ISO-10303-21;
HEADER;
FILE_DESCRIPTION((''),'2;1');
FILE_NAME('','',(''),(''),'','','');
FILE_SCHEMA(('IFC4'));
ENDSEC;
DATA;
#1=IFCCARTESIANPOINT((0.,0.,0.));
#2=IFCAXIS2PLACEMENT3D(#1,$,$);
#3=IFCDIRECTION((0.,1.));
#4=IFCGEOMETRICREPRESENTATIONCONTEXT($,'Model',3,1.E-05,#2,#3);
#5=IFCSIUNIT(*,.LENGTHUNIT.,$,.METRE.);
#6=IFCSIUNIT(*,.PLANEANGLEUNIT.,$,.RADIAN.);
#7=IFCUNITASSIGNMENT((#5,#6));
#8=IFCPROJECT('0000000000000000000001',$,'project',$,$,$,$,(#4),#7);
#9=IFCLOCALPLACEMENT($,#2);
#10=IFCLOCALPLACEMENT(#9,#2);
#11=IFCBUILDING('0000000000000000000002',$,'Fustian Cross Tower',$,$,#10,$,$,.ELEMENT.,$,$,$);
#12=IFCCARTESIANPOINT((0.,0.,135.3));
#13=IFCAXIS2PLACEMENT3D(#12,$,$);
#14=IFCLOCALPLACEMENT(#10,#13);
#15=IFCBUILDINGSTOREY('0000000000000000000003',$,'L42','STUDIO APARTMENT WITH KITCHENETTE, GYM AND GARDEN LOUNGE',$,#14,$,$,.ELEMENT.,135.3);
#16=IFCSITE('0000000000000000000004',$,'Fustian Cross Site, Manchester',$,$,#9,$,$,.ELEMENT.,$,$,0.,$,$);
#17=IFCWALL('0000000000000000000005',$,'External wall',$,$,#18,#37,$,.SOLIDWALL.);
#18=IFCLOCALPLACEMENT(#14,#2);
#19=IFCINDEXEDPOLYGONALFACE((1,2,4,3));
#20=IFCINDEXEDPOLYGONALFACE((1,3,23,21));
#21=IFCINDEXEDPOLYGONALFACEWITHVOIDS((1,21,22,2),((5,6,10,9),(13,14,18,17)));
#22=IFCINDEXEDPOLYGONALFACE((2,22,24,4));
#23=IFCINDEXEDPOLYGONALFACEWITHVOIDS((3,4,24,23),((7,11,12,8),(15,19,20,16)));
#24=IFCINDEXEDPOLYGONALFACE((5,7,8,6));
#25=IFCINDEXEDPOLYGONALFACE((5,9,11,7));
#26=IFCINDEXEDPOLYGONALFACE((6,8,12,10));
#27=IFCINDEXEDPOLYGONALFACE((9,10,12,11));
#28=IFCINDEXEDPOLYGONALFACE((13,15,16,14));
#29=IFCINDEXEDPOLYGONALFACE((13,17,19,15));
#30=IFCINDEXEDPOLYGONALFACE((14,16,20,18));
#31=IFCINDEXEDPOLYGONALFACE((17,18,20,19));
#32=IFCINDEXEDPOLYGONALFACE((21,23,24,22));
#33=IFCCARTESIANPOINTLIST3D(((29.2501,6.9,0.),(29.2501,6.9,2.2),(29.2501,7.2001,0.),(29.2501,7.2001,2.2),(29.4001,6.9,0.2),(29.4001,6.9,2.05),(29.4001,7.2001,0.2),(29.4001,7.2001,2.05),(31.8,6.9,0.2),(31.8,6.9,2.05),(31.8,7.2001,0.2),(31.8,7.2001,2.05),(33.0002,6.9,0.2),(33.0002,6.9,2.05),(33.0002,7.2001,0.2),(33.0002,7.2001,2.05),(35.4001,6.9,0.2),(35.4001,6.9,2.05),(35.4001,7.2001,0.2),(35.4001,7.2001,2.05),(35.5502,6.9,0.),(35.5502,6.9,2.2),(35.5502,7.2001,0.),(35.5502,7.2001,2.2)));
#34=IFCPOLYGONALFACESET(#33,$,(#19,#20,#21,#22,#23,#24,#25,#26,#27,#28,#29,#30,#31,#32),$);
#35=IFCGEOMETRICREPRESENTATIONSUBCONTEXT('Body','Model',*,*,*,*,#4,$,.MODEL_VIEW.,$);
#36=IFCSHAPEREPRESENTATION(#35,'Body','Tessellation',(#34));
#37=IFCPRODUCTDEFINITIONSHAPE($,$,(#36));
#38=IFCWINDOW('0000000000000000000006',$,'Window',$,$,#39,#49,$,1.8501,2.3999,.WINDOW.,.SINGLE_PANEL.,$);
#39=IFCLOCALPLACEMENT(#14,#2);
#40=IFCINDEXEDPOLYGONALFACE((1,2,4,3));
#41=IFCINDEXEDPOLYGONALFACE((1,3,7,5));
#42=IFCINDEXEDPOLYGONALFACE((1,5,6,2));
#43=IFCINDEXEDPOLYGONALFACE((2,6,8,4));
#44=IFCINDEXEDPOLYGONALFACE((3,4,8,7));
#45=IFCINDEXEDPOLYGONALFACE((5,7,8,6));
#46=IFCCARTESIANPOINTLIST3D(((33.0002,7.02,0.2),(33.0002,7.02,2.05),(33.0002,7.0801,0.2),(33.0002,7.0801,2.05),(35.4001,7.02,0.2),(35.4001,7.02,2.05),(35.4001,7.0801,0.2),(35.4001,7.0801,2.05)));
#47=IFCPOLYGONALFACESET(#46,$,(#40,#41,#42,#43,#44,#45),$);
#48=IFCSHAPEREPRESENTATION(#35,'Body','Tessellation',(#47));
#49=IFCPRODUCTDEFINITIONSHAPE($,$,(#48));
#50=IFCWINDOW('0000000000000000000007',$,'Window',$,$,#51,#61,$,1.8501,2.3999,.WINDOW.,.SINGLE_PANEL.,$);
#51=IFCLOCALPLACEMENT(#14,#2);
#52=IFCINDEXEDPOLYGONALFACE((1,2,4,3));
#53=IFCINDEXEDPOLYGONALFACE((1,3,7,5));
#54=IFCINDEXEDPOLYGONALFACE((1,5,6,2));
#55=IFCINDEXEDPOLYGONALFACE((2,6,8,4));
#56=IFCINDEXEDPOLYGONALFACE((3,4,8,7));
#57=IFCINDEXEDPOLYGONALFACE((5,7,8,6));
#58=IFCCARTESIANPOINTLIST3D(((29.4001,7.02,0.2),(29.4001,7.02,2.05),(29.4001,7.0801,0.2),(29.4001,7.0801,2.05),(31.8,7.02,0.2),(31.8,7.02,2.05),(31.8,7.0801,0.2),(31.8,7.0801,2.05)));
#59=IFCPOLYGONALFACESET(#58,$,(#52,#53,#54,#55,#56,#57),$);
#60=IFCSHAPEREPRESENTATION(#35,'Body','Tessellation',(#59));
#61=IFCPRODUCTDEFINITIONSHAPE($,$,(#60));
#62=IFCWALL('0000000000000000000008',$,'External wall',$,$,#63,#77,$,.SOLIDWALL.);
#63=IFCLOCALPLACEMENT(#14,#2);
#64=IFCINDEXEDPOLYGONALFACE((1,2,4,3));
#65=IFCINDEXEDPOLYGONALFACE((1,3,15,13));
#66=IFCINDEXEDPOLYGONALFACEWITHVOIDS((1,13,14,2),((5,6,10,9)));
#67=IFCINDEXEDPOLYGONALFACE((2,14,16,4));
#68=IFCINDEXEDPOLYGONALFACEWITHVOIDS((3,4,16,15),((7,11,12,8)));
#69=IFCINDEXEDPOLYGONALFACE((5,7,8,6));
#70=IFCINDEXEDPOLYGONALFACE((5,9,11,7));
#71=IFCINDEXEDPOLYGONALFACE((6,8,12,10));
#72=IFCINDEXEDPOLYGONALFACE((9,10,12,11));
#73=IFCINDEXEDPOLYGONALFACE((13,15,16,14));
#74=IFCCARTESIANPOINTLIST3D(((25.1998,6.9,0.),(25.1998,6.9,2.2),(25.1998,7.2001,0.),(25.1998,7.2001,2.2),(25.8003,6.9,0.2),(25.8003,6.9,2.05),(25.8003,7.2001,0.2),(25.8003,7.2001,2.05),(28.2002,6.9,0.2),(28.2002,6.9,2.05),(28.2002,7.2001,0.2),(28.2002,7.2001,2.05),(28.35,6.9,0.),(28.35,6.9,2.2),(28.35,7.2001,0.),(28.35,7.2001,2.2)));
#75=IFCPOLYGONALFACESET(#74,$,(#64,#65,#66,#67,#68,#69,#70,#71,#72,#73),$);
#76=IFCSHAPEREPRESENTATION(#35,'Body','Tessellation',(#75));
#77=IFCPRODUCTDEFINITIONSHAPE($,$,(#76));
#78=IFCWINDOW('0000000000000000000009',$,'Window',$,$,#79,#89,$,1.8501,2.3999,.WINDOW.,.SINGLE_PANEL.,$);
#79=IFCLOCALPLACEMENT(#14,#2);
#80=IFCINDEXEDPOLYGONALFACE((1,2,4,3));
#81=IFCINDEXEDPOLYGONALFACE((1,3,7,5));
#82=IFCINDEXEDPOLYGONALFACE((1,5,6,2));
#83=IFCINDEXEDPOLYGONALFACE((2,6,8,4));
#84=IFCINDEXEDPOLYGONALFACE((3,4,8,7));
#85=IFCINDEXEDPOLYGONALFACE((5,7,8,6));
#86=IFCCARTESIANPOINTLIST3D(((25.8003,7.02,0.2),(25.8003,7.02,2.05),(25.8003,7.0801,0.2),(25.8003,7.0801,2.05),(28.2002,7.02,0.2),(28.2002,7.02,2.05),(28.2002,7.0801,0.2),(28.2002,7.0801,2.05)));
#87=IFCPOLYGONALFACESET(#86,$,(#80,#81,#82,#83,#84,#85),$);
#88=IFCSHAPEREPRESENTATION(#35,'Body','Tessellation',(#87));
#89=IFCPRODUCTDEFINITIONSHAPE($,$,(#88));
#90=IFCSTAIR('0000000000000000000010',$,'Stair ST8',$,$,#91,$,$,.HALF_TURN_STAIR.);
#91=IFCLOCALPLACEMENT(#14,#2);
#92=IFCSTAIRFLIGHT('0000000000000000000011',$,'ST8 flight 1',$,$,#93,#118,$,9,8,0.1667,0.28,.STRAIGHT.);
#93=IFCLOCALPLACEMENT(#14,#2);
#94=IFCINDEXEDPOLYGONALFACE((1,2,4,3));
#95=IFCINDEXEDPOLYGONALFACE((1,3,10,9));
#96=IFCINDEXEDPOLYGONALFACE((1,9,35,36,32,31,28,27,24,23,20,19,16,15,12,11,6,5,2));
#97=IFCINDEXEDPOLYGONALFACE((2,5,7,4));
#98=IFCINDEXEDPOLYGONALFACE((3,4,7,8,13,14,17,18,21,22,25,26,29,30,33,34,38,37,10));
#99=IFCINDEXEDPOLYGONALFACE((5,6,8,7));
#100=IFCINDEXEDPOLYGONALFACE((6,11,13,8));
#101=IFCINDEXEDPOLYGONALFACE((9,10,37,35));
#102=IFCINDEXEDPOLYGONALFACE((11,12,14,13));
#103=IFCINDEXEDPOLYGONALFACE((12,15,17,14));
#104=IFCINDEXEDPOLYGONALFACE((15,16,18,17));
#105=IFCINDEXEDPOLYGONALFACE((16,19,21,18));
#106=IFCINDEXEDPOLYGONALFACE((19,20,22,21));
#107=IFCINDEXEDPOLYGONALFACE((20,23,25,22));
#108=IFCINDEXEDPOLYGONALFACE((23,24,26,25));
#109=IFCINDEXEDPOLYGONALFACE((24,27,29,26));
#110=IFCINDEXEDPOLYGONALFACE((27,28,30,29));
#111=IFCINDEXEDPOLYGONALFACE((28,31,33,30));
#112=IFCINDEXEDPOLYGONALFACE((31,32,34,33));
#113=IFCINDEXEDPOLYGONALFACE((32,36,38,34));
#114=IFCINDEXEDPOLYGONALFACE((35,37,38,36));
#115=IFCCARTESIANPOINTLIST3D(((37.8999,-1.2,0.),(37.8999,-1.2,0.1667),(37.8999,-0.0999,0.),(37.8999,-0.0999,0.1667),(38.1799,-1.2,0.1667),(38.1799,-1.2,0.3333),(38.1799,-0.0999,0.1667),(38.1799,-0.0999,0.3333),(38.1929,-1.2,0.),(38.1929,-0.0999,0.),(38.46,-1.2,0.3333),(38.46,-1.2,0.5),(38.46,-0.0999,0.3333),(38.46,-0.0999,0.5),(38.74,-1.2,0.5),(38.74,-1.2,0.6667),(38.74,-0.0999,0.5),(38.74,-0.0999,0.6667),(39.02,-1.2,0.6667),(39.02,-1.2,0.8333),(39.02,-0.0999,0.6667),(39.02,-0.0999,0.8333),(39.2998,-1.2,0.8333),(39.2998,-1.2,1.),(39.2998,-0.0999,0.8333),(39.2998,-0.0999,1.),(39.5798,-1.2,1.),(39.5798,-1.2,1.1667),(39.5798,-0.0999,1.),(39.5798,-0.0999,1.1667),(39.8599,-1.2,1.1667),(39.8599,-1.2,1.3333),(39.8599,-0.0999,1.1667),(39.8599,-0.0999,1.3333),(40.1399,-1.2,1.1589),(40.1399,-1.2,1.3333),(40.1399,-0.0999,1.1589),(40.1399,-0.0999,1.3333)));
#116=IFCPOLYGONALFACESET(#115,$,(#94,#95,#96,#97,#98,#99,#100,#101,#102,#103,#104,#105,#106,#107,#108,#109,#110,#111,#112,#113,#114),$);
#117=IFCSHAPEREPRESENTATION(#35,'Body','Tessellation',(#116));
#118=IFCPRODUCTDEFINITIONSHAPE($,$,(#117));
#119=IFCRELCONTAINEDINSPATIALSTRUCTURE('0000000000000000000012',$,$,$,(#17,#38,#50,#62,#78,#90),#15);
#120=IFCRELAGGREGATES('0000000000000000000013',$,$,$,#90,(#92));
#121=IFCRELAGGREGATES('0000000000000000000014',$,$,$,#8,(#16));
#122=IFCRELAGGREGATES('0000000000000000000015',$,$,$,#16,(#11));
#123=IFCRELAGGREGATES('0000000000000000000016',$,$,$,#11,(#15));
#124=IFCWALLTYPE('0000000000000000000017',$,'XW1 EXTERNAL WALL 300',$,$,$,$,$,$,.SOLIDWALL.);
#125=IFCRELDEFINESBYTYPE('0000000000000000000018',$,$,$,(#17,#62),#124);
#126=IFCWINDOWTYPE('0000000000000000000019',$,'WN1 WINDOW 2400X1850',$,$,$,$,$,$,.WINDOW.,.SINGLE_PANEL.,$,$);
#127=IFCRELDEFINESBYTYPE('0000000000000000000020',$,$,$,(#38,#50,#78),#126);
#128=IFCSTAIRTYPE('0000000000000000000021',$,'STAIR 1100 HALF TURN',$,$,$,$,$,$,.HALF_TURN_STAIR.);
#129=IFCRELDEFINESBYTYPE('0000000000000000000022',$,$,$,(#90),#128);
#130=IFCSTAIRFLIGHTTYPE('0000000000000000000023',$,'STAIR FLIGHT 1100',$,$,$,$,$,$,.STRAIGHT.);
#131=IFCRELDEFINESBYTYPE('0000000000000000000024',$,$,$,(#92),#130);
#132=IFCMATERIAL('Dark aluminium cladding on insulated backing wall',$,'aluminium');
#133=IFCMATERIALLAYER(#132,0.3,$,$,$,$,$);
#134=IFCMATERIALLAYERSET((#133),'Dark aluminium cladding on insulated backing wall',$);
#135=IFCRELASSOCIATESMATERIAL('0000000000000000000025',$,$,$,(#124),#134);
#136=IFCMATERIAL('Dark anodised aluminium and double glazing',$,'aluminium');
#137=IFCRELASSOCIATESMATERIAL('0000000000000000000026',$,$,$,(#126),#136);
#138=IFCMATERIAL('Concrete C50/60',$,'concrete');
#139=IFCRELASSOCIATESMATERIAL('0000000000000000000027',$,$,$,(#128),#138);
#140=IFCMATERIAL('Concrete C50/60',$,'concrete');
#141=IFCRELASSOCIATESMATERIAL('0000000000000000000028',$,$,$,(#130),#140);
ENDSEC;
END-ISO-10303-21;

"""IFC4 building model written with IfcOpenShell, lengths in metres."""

from ifc_helpers import new_model, si_unit, direction, frame, frame_2d, origin, place, context, subcontext, project, spatial, polyline, rectangle, outline, extrude, material, layer, layer_set, type_object, element, fill, aggregate, save


model = new_model("IFC4")

# Units and contexts
model_context = context("Model", 3, precision=1e-05, world=origin(), true_north=direction((0.0, 1.0)))
body_context = subcontext(model_context, "Body", "Model", "MODEL_VIEW")
ifc_project = project(units=[si_unit("LENGTHUNIT", "METRE"), si_unit("PLANEANGLEUNIT", "RADIAN")], contexts=[model_context])

# Site, building, storey
site_placement = place(None, origin())
site = spatial("IfcSite", under=ifc_project, at=site_placement, Name="Fustian Cross Site, Manchester", CompositionType="ELEMENT", RefElevation=0.0)
building_placement = place(site_placement, origin())
building = spatial("IfcBuilding", under=site, at=building_placement, Name="Fustian Cross Tower", CompositionType="ELEMENT")
storey_placement = place(building_placement, frame((0.0, 0.0, 135.3)))
storey = spatial("IfcBuildingStorey", under=building, at=storey_placement, Name="L42", Description="STUDIO APARTMENT WITH KITCHENETTE, GYM AND GARDEN LOUNGE", CompositionType="ELEMENT", Elevation=135.3)

# Shared definitions
ifc_material_1 = material(Name="Dark aluminium cladding on insulated backing wall", Category="aluminium")
ifc_layer_1 = layer(ifc_material_1, 0.3)
ifc_layer_set_1 = layer_set([ifc_layer_1], Name="Dark aluminium cladding on insulated backing wall")
wall_type_1 = type_object("IfcWallType", Name="XW1 EXTERNAL WALL 300", PredefinedType="SOLIDWALL", material=ifc_layer_set_1)

# Wall, openings, windows
wall_1_placement = place(storey_placement, frame((35.55, 7.05, 0.0), z_axis=(0.0, 0.0, 1.0), x_axis=(-1.0, 0.0, 0.0)))
wall_1 = element("IfcWall", 1, at=wall_1_placement, inside=storey, type_object=wall_type_1, Name="External wall", PredefinedType="SOLIDWALL", context=body_context, shape_type="SweptSolid", body=[
    extrude(rectangle(XDim=6.3, YDim=0.3, at=frame_2d((3.1499, 0.0))), origin(), (0.0, 0.0, 1.0), 2.2),
])
opening_1_placement = place(wall_1_placement, frame((0.1499, 0.0, 0.2)))
opening_1 = element("IfcOpeningElement", 2, at=opening_1_placement, cuts=wall_1, PredefinedType="OPENING", context=body_context, shape_type="SweptSolid", body=[
    extrude(rectangle(XDim=2.3999, YDim=1.8501, at=frame_2d((1.2, 0.925))), frame((0.0, 0.1599, 0.0), z_axis=(0.0, -1.0, 0.0), x_axis=(1.0, 0.0, 0.0)), (0.0, 0.0, 1.0), 0.3201),
])
opening_2_placement = place(wall_1_placement, frame((3.75, 0.0, 0.2)))
opening_2 = element("IfcOpeningElement", 3, at=opening_2_placement, cuts=wall_1, PredefinedType="OPENING", context=body_context, shape_type="SweptSolid", body=[
    extrude(rectangle(XDim=2.3999, YDim=1.8501, at=frame_2d((1.2, 0.925))), frame((0.0, 0.1599, 0.0), z_axis=(0.0, -1.0, 0.0), x_axis=(1.0, 0.0, 0.0)), (0.0, 0.0, 1.0), 0.3201),
])
ifc_material_2 = material(Name="Dark anodised aluminium and double glazing", Category="aluminium")
window_type_1 = type_object("IfcWindowType", Name="WN1 WINDOW 2400X1850", PartitioningType="SINGLE_PANEL", PredefinedType="WINDOW", material=ifc_material_2)
window_1_placement = place(opening_1_placement, origin())
window_1 = element("IfcWindow", 4, at=window_1_placement, inside=storey, type_object=window_type_1, Name="Window", OverallHeight=1.8501, OverallWidth=2.3999, PartitioningType="SINGLE_PANEL", PredefinedType="WINDOW", context=body_context, shape_type="SweptSolid", body=[
    extrude(rectangle(XDim=2.3999, YDim=1.8501, at=frame_2d((1.2, 0.925))), frame((0.0, 0.03, 0.0), z_axis=(0.0, -1.0, 0.0), x_axis=(1.0, 0.0, 0.0)), (0.0, 0.0, 1.0), 0.0601),
])
fill(opening_1, window_1)
window_2_placement = place(opening_2_placement, origin())
window_2 = element("IfcWindow", 5, at=window_2_placement, inside=storey, type_object=window_type_1, Name="Window", OverallHeight=1.8501, OverallWidth=2.3999, PartitioningType="SINGLE_PANEL", PredefinedType="WINDOW", context=body_context, shape_type="SweptSolid", body=[
    extrude(rectangle(XDim=2.3999, YDim=1.8501, at=frame_2d((1.2, 0.925))), frame((0.0, 0.03, 0.0), z_axis=(0.0, -1.0, 0.0), x_axis=(1.0, 0.0, 0.0)), (0.0, 0.0, 1.0), 0.0601),
])
fill(opening_2, window_2)

# Wall, opening, window
wall_2_placement = place(storey_placement, frame((28.3501, 7.05, 0.0), z_axis=(0.0, 0.0, 1.0), x_axis=(-1.0, 0.0, 0.0)))
wall_2 = element("IfcWall", 6, at=wall_2_placement, inside=storey, type_object=wall_type_1, Name="External wall", PredefinedType="SOLIDWALL", context=body_context, shape_type="SweptSolid", body=[
    extrude(rectangle(XDim=3.1501, YDim=0.3, at=frame_2d((1.5752, 0.0))), origin(), (0.0, 0.0, 1.0), 2.2),
])
opening_3_placement = place(wall_2_placement, frame((0.1499, 0.0, 0.2)))
opening_3 = element("IfcOpeningElement", 7, at=opening_3_placement, cuts=wall_2, PredefinedType="OPENING", context=body_context, shape_type="SweptSolid", body=[
    extrude(rectangle(XDim=2.3999, YDim=1.8501, at=frame_2d((1.2, 0.925))), frame((0.0, 0.1599, 0.0), z_axis=(0.0, -1.0, 0.0), x_axis=(1.0, 0.0, 0.0)), (0.0, 0.0, 1.0), 0.3201),
])
window_3_placement = place(opening_3_placement, origin())
window_3 = element("IfcWindow", 8, at=window_3_placement, inside=storey, type_object=window_type_1, Name="Window", OverallHeight=1.8501, OverallWidth=2.3999, PartitioningType="SINGLE_PANEL", PredefinedType="WINDOW", context=body_context, shape_type="SweptSolid", body=[
    extrude(rectangle(XDim=2.3999, YDim=1.8501, at=frame_2d((1.2, 0.925))), frame((0.0, 0.03, 0.0), z_axis=(0.0, -1.0, 0.0), x_axis=(1.0, 0.0, 0.0)), (0.0, 0.0, 1.0), 0.0601),
])
fill(opening_3, window_3)

# Stair, stair flight
ifc_material_3 = material(Name="Concrete C50/60", Category="concrete")
stair_type = type_object("IfcStairType", Name="STAIR 1100 HALF TURN", PredefinedType="HALF_TURN_STAIR", material=ifc_material_3)
stair_placement = place(storey_placement, origin())
stair = element("IfcStair", 9, at=stair_placement, inside=storey, type_object=stair_type, Name="Stair ST8", PredefinedType="HALF_TURN_STAIR")
ifc_material_4 = material(Name="Concrete C50/60", Category="concrete")
stair_flight_type = type_object("IfcStairFlightType", Name="STAIR FLIGHT 1100", PredefinedType="STRAIGHT", material=ifc_material_4)
stair_flight_placement = place(storey_placement, frame((37.8999, -0.6499, 0.0), z_axis=(0.0, 0.0, 1.0), x_axis=(1.0, 0.0, 0.0)))
stair_flight = element("IfcStairFlight", 10, at=stair_flight_placement, type_object=stair_flight_type, Name="ST8 flight 1", NumberOfRisers=9, NumberOfTreads=8, PredefinedType="STRAIGHT", RiserHeight=0.1667, TreadLength=0.28, context=body_context, shape_type="SweptSolid", body=[
    extrude(outline(polyline([(0.0, 0.0), (0.0, 0.1667), (0.28, 0.1667), (0.28, 0.3333), (0.5601, 0.3333), (0.5601, 0.5), (0.8401, 0.5), (0.8401, 0.6667), (1.1201, 0.6667), (1.1201, 0.8333), (1.3999, 0.8333), (1.3999, 1.0), (1.6799, 1.0), (1.6799, 1.1667), (1.96, 1.1667), (1.96, 1.3333), (2.24, 1.3333), (2.24, 1.5), (2.24, 1.1589), (0.293, 0.0), (0.0, 0.0)])), frame((0.0, 0.55, 0.0), z_axis=(0.0, -1.0, 0.0), x_axis=(1.0, 0.0, 0.0)), (0.0, 0.0, 1.0), 1.1001),
])
aggregate(stair, [stair_flight])

save(model, "model.ifc")
